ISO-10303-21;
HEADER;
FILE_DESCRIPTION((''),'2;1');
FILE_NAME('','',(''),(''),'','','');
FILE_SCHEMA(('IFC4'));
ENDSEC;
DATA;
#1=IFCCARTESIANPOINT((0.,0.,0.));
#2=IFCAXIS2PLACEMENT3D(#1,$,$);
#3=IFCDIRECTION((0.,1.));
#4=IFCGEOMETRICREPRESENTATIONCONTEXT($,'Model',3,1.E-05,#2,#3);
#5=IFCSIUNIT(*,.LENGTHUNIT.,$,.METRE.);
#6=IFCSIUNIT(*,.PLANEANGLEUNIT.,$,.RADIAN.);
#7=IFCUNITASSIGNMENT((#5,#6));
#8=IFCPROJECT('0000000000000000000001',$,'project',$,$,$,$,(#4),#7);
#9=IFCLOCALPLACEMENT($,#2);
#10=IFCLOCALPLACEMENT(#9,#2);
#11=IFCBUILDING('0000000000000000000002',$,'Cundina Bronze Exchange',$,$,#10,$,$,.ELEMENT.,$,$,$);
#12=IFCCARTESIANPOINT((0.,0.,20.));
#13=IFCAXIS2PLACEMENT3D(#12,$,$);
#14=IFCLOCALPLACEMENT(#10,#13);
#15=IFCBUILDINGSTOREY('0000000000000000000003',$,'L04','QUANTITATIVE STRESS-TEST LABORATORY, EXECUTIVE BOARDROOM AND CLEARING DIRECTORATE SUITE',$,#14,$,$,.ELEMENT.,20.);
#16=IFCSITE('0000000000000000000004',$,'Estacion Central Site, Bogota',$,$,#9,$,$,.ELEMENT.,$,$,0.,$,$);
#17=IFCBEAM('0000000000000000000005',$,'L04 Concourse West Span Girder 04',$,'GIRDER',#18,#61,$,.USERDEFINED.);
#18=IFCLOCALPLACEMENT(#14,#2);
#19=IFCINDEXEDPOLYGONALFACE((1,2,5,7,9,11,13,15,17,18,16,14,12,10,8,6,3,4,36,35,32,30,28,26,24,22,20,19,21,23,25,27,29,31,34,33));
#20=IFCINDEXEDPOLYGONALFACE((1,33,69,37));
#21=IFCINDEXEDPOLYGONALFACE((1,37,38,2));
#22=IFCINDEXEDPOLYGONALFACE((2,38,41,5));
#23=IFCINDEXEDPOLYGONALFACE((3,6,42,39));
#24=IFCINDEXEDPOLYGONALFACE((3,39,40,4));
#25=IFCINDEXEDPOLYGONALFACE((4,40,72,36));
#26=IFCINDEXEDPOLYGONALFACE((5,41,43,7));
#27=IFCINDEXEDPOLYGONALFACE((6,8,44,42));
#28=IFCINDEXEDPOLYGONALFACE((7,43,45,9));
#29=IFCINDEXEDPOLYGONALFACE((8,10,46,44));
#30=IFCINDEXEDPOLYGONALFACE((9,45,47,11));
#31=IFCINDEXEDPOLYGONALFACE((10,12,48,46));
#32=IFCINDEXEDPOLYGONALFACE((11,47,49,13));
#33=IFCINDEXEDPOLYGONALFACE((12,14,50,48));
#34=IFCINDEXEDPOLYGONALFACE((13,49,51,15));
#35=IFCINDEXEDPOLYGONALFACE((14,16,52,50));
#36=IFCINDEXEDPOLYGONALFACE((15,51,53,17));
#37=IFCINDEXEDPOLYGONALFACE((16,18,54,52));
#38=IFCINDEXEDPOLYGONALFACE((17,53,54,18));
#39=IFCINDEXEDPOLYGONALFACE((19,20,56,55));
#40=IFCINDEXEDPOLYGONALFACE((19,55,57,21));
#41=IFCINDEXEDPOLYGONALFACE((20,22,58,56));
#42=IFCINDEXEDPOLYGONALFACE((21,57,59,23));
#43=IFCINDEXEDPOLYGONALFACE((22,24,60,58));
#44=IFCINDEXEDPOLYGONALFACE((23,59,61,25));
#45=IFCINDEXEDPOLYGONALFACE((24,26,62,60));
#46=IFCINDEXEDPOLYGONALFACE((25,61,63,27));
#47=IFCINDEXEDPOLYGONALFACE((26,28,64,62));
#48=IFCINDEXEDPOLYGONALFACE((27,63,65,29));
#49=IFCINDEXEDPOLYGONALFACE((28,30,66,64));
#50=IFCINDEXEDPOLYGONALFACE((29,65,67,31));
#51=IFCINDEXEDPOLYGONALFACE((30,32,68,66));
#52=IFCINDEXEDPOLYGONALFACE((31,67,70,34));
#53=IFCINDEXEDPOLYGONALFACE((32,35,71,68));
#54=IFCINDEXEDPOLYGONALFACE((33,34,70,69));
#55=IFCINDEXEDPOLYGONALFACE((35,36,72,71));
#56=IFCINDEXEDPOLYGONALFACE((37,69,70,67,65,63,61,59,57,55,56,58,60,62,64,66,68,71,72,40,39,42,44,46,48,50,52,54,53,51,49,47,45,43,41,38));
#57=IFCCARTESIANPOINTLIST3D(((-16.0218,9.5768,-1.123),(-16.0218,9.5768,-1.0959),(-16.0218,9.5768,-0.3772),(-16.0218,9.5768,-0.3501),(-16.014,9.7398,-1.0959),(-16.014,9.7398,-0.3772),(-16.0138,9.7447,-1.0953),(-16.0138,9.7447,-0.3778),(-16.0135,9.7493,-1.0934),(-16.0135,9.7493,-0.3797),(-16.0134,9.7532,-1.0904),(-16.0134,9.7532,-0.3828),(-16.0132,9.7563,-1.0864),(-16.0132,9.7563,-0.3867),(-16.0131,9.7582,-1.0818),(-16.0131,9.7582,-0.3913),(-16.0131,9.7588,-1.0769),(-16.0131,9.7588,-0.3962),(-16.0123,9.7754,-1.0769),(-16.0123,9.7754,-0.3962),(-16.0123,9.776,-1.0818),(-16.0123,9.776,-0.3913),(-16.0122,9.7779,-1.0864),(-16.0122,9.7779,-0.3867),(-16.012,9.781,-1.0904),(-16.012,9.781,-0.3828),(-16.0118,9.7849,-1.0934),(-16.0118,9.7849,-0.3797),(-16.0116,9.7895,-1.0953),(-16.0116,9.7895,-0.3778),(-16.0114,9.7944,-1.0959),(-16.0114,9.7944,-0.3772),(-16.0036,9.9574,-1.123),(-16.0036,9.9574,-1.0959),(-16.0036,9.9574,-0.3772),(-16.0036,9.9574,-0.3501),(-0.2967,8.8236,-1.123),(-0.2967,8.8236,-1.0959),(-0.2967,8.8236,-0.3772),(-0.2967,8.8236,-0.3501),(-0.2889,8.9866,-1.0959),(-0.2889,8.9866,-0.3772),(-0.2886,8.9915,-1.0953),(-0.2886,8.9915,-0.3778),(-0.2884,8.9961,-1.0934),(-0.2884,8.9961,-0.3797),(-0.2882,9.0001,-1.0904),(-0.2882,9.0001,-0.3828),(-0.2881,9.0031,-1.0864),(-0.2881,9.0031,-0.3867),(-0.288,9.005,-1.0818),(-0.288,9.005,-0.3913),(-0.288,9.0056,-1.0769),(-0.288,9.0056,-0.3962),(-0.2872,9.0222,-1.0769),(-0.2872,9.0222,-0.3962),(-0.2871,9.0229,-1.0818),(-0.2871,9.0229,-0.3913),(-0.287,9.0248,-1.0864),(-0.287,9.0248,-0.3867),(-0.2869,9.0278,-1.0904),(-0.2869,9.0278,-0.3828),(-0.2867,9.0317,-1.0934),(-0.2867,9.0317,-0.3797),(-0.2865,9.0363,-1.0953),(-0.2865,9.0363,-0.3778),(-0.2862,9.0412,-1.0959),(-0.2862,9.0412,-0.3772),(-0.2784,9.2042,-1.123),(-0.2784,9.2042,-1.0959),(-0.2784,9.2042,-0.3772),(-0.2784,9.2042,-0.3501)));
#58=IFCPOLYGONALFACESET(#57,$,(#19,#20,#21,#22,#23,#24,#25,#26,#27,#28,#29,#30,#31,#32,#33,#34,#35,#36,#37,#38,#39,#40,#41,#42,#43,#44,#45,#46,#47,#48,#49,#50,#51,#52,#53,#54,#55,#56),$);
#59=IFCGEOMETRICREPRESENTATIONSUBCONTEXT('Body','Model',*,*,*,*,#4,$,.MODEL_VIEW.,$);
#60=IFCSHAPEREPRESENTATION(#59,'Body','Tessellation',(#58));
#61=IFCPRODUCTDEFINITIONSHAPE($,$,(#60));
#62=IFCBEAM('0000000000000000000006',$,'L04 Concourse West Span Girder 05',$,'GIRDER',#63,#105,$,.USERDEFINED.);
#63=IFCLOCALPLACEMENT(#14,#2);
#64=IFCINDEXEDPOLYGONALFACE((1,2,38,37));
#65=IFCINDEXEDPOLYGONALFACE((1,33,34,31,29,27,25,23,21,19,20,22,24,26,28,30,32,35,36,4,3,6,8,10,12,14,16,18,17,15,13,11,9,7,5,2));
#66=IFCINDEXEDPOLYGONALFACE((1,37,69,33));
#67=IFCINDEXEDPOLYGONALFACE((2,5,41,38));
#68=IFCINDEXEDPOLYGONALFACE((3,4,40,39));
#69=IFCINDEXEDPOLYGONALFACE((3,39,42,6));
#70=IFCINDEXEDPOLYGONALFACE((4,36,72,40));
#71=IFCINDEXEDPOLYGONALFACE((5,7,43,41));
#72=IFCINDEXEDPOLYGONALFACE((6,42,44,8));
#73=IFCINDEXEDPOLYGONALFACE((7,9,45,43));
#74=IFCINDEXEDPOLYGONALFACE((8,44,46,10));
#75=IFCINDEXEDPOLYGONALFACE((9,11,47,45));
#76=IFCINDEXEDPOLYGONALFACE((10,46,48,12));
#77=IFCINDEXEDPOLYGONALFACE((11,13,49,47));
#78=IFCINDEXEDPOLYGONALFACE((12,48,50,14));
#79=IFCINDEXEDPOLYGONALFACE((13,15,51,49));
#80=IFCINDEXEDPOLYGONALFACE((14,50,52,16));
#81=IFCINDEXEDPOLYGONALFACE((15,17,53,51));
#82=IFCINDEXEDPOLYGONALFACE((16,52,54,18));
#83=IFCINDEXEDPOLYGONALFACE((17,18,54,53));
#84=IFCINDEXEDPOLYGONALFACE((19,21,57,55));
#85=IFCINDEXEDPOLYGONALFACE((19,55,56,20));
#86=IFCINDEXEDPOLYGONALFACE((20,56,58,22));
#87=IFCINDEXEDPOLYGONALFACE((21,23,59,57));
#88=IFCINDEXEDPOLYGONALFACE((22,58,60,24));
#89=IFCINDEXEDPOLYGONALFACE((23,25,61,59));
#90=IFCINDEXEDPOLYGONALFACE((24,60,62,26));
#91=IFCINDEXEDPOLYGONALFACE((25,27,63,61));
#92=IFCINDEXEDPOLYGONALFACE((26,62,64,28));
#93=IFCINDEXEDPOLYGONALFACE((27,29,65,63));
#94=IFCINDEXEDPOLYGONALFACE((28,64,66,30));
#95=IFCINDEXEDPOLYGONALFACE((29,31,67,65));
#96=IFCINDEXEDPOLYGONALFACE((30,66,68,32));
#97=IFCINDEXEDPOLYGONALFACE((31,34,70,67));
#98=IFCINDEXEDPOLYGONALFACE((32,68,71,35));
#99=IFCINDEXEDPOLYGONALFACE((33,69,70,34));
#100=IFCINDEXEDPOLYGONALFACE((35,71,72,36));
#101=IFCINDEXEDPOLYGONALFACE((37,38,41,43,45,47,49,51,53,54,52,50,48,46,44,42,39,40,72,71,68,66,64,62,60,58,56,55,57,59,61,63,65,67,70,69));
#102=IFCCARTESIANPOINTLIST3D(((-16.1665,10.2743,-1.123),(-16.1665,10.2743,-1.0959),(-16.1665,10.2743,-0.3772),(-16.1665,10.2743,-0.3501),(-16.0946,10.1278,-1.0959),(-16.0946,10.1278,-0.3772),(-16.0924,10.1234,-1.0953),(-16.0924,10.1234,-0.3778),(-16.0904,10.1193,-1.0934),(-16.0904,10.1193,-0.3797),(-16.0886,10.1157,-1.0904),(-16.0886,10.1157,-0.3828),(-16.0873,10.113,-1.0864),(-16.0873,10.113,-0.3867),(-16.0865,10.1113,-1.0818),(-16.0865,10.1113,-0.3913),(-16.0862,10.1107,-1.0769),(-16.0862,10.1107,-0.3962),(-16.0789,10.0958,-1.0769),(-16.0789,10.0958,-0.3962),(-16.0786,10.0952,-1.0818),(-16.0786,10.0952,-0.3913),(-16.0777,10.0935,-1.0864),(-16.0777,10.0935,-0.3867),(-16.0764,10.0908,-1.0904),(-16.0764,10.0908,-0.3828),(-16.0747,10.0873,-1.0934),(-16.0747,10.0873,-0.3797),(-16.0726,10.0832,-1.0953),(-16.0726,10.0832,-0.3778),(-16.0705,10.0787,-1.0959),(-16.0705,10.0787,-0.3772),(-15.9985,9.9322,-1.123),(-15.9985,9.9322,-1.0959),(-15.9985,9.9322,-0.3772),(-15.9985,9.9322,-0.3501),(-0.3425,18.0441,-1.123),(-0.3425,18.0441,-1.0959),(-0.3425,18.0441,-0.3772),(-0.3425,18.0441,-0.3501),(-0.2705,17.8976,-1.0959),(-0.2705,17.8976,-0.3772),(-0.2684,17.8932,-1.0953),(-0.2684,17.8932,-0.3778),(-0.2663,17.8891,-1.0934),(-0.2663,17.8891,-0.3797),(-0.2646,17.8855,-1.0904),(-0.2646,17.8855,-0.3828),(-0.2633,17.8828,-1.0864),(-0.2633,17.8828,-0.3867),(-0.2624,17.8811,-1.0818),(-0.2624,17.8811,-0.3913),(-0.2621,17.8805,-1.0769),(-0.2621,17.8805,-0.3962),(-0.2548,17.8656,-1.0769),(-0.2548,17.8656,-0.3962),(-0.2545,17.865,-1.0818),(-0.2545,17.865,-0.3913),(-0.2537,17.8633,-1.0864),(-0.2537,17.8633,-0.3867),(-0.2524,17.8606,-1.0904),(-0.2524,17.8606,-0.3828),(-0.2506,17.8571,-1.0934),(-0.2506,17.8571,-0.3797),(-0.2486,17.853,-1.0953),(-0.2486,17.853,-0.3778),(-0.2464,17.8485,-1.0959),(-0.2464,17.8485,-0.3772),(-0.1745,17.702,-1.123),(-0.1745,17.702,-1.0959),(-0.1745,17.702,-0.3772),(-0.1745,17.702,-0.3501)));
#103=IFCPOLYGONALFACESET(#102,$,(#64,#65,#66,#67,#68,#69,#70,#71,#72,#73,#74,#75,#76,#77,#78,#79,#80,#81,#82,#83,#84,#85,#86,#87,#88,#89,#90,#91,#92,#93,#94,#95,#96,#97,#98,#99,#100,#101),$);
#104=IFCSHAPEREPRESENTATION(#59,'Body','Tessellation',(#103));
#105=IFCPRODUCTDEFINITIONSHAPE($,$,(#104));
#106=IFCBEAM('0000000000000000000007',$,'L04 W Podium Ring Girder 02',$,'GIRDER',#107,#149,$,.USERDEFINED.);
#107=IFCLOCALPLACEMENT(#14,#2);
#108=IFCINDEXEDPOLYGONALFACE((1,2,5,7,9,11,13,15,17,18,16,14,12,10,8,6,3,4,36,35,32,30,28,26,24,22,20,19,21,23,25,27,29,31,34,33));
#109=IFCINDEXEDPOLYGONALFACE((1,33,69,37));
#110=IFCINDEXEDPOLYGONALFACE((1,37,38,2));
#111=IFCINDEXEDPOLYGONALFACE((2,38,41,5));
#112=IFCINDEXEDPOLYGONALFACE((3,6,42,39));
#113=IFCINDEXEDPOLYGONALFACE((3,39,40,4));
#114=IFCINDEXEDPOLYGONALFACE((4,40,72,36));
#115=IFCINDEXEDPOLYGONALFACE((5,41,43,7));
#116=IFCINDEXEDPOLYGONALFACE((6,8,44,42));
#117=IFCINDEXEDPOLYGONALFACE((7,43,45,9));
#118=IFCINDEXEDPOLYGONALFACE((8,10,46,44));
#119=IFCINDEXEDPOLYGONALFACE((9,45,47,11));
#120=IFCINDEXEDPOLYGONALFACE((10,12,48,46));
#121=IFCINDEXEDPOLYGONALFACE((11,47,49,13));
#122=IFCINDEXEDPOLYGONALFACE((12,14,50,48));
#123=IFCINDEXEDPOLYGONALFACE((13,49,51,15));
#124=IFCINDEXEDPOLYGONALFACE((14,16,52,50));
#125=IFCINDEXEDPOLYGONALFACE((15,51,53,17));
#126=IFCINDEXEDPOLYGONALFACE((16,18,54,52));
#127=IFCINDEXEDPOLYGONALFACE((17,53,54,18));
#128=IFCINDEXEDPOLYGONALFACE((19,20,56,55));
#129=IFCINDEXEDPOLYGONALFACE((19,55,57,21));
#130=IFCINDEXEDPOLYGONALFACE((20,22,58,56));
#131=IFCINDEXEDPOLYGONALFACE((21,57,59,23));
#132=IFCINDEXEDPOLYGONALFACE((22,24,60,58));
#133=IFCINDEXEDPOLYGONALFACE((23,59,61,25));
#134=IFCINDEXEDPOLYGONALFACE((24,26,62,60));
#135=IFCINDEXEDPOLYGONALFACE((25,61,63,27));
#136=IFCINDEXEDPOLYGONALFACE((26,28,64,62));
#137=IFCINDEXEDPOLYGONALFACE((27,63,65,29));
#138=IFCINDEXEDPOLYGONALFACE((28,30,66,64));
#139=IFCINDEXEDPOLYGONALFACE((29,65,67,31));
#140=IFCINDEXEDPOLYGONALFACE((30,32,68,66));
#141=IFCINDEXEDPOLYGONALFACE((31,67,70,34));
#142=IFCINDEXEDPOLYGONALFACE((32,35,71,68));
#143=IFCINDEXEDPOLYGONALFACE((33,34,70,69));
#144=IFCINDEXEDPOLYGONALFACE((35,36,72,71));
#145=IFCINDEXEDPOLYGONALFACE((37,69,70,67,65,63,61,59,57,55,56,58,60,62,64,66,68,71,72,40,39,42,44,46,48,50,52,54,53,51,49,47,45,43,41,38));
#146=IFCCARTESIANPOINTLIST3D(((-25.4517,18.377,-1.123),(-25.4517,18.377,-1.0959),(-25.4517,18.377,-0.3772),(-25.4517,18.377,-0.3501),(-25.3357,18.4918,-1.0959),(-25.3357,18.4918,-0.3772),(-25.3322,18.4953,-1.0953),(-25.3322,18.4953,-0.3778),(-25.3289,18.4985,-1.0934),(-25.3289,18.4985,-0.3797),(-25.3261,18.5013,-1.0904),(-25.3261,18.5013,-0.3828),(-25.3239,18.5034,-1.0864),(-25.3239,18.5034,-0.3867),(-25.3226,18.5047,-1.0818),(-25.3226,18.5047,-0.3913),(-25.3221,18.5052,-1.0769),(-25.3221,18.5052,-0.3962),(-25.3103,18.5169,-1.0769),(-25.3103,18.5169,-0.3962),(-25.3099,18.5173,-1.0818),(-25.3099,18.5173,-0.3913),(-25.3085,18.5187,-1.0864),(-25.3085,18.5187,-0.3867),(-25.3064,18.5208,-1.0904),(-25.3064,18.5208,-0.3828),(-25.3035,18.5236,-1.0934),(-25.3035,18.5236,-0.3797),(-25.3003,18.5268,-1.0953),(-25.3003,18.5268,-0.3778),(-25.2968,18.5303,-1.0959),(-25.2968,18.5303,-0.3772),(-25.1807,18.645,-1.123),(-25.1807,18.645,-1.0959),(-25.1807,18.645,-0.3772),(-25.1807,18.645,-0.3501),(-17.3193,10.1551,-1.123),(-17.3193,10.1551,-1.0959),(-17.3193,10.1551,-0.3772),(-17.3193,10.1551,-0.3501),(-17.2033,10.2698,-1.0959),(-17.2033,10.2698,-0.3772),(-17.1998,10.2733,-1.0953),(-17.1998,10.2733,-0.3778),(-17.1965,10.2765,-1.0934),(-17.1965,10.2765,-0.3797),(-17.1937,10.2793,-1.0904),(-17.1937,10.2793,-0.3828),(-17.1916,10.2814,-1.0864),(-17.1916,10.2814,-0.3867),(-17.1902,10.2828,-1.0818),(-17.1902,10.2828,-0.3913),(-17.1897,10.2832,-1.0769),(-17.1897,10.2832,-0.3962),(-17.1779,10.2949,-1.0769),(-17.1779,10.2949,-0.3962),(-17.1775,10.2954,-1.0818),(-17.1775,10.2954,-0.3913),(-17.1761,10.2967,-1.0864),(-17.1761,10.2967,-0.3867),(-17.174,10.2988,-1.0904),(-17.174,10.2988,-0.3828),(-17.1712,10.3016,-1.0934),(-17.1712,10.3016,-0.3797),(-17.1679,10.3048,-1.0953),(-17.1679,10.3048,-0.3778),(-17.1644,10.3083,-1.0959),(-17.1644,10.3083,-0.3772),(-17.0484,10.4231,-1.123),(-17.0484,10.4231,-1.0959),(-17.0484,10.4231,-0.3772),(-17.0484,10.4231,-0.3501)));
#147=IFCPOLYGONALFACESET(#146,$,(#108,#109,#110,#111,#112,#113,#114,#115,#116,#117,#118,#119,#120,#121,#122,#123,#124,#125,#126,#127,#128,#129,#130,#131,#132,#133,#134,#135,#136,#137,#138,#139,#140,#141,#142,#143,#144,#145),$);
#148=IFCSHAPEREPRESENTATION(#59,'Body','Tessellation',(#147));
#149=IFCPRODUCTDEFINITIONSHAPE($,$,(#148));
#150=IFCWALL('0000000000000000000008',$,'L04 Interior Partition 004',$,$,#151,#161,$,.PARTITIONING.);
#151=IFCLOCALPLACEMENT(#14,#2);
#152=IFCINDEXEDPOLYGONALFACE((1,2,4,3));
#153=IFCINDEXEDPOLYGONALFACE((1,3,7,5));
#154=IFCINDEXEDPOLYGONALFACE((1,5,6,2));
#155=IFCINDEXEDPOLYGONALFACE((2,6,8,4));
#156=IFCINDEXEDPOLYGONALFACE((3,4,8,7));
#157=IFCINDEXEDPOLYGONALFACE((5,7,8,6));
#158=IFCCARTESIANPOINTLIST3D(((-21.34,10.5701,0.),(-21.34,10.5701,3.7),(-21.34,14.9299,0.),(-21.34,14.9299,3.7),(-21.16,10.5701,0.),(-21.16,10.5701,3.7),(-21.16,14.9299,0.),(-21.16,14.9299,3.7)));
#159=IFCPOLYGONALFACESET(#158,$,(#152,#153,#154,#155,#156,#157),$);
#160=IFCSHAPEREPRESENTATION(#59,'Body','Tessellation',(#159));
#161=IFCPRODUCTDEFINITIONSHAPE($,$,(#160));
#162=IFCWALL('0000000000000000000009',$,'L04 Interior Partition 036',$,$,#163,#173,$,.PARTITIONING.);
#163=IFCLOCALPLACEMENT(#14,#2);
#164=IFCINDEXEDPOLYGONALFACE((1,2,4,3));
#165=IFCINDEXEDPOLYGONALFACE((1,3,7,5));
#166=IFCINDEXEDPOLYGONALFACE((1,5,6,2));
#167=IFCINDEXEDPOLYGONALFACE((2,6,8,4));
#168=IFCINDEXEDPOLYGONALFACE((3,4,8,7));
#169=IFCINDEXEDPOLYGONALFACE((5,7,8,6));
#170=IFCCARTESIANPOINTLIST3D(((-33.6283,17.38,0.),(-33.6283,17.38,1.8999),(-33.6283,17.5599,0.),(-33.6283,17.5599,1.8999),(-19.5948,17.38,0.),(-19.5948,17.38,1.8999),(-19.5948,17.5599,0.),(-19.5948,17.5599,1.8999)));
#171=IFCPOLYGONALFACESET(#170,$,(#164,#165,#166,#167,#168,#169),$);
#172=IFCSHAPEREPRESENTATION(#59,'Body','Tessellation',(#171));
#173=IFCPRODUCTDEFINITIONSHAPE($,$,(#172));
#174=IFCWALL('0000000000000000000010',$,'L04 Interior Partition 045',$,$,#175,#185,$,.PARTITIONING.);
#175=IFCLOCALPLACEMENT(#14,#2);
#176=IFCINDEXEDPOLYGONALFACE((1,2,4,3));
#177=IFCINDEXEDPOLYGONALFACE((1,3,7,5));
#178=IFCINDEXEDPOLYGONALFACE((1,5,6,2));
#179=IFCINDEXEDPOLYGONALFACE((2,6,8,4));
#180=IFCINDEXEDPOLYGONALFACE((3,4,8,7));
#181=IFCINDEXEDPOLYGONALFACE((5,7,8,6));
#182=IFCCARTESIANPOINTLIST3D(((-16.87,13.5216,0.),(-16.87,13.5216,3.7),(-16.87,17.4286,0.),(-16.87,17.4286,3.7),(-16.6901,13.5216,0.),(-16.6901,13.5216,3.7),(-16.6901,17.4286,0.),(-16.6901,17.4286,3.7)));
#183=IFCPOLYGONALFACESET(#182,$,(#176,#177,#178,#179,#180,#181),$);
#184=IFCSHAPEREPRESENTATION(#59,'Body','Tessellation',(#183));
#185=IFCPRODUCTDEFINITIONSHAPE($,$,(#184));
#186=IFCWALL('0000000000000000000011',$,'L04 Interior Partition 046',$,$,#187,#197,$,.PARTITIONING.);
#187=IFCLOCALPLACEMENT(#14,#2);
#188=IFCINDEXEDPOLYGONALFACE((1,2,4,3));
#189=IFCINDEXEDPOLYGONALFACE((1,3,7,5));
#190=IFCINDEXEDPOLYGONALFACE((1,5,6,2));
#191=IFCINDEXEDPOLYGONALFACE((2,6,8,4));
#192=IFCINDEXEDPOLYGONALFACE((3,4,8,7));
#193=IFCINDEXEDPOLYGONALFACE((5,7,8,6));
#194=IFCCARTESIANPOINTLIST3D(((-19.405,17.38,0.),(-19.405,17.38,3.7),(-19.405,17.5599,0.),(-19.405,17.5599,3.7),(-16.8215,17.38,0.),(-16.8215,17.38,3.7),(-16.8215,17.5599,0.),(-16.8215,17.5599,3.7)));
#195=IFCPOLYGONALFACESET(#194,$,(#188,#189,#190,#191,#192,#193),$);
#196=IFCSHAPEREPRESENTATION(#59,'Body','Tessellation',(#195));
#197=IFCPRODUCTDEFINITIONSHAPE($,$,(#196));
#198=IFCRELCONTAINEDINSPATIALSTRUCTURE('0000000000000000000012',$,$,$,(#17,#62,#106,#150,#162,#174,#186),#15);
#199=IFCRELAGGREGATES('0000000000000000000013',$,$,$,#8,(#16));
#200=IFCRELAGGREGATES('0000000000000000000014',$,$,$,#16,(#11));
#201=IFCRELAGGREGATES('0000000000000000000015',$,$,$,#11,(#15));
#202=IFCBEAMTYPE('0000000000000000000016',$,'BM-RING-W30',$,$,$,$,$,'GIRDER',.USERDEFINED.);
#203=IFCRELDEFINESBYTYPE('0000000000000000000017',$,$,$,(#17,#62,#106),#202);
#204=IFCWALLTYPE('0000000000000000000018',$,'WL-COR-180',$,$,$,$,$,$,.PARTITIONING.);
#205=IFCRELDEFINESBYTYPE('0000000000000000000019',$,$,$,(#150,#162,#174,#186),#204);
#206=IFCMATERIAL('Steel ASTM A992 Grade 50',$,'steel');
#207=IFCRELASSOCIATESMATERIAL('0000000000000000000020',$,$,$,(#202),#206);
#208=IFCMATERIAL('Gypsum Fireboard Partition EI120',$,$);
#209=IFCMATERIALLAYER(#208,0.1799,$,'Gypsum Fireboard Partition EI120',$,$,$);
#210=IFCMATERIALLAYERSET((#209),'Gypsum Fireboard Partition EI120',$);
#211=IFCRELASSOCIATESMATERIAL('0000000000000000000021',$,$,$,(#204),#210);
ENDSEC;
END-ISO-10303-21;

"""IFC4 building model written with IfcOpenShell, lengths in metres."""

from ifc_helpers import new_model, si_unit, direction, frame, frame_2d, origin, origin_2d, place, context, subcontext, project, spatial, rectangle, i_section, extrude, material, layer, layer_set, material_profile, profile_set, type_object, element, save


model = new_model("IFC4")

# Units and contexts
model_context = context("Model", 3, precision=1e-05, world=origin(), true_north=direction((0.0, 1.0)))
body_context = subcontext(model_context, "Body", "Model", "MODEL_VIEW")
ifc_project = project(units=[si_unit("LENGTHUNIT", "METRE"), si_unit("PLANEANGLEUNIT", "RADIAN")], contexts=[model_context])

# Site, building, storey
site_placement = place(None, origin())
site = spatial("IfcSite", under=ifc_project, at=site_placement, Name="Estacion Central Site, Bogota", CompositionType="ELEMENT", RefElevation=0.0)
building_placement = place(site_placement, origin())
building = spatial("IfcBuilding", under=site, at=building_placement, Name="Cundina Bronze Exchange", CompositionType="ELEMENT")
storey_placement = place(building_placement, frame((0.0, 0.0, 20.0)))
storey = spatial("IfcBuildingStorey", under=building, at=storey_placement, Name="L04", Description="QUANTITATIVE STRESS-TEST LABORATORY, EXECUTIVE BOARDROOM AND CLEARING DIRECTORATE SUITE", CompositionType="ELEMENT", Elevation=20.0)

# Beams
ifc_material_1 = material(Name="Steel ASTM A992 Grade 50", Category="steel")
ifc_material_profile_1 = material_profile(ifc_material_1, i_section(OverallWidth=0.3811, OverallDepth=0.7729, WebThickness=0.0166, FlangeThickness=0.0271, FilletRadius=0.019, at=origin_2d()), Name="W30X173", Category="steel")
ifc_profile_set_1 = profile_set([ifc_material_profile_1], Name="Steel ASTM A992 Grade 50")
beam_type = type_object("IfcBeamType", Name="BM-RING-W30", ElementType="GIRDER", PredefinedType="USERDEFINED", material=ifc_profile_set_1)
beam_1_placement = place(storey_placement, frame((-16.0127, 9.7671, -0.7366), z_axis=(0.998855, -0.047841, 0.0), x_axis=(0.047841, 0.998855, 0.0)))
element("IfcBeam", 1, at=beam_1_placement, inside=storey, type_object=beam_type, Name="L04 Concourse West Span Girder 04", ObjectType="GIRDER", PredefinedType="USERDEFINED", context=body_context, shape_type="SweptSolid", body=[
    extrude(i_section(OverallWidth=0.3811, OverallDepth=0.7729, WebThickness=0.0166, FlangeThickness=0.0271, FilletRadius=0.019, at=origin_2d()), origin(), (0.0, 0.0, 1.0), 15.7432),
])
beam_2_placement = place(storey_placement, frame((-16.0825, 10.1033, -0.7366), z_axis=(0.897631, 0.440748, 0.0), x_axis=(-0.440748, 0.897631, 0.0)))
element("IfcBeam", 2, at=beam_2_placement, inside=storey, type_object=beam_type, Name="L04 Concourse West Span Girder 05", ObjectType="GIRDER", PredefinedType="USERDEFINED", context=body_context, shape_type="SweptSolid", body=[
    extrude(i_section(OverallWidth=0.3811, OverallDepth=0.7729, WebThickness=0.0166, FlangeThickness=0.0271, FilletRadius=0.019, at=origin_2d()), origin(), (0.0, 0.0, 1.0), 17.6287),
])
beam_3_placement = place(storey_placement, frame((-17.1838, 10.2891, -0.7366), z_axis=(-0.703222, 0.71097, 0.0), x_axis=(-0.71097, -0.703222, 0.0)))
element("IfcBeam", 3, at=beam_3_placement, inside=storey, type_object=beam_type, Name="L04 W Podium Ring Girder 02", ObjectType="GIRDER", PredefinedType="USERDEFINED", context=body_context, shape_type="SweptSolid", body=[
    extrude(i_section(OverallWidth=0.3811, OverallDepth=0.7729, WebThickness=0.0166, FlangeThickness=0.0271, FilletRadius=0.019, at=origin_2d()), origin(), (0.0, 0.0, 1.0), 11.5645),
])

# Walls
ifc_material_2 = material(Name="Gypsum Fireboard Partition EI120")
ifc_layer_1 = layer(ifc_material_2, 0.1799, Name="Gypsum Fireboard Partition EI120")
ifc_layer_set_1 = layer_set([ifc_layer_1], Name="Gypsum Fireboard Partition EI120")
wall_type_1 = type_object("IfcWallType", Name="WL-COR-180", PredefinedType="PARTITIONING", material=ifc_layer_set_1)
wall_1_placement = place(storey_placement, frame((-21.25, 10.5701, 0.0), z_axis=(0.0, 0.0, 1.0), x_axis=(0.0, 1.0, 0.0)))
element("IfcWall", 4, at=wall_1_placement, inside=storey, type_object=wall_type_1, Name="L04 Interior Partition 004", PredefinedType="PARTITIONING", context=body_context, shape_type="SweptSolid", body=[
    extrude(rectangle(XDim=4.3599, YDim=0.1799, at=frame_2d((2.1799, 0.0))), origin(), (0.0, 0.0, 1.0), 3.7),
])
wall_2_placement = place(storey_placement, frame((-19.595, 17.47, 0.0), z_axis=(0.0, 0.0, 1.0), x_axis=(-1.0, 0.0, 0.0)))
element("IfcWall", 5, at=wall_2_placement, inside=storey, type_object=wall_type_1, Name="L04 Interior Partition 036", PredefinedType="PARTITIONING", context=body_context, shape_type="SweptSolid", body=[
    extrude(rectangle(XDim=14.0334, YDim=0.1799, at=frame_2d((7.0166, 0.0))), origin(), (0.0, 0.0, 1.0), 1.8999),
])
wall_3_placement = place(storey_placement, frame((-16.78, 13.5215, 0.0), z_axis=(0.0, 0.0, 1.0), x_axis=(0.0, 1.0, 0.0)))
element("IfcWall", 6, at=wall_3_placement, inside=storey, type_object=wall_type_1, Name="L04 Interior Partition 045", PredefinedType="PARTITIONING", context=body_context, shape_type="SweptSolid", body=[
    extrude(rectangle(XDim=3.907, YDim=0.1799, at=frame_2d((1.9536, 0.0))), origin(), (0.0, 0.0, 1.0), 3.7),
])
wall_4_placement = place(storey_placement, frame((-16.8215, 17.47, 0.0), z_axis=(0.0, 0.0, 1.0), x_axis=(-1.0, 0.0, 0.0)))
element("IfcWall", 7, at=wall_4_placement, inside=storey, type_object=wall_type_1, Name="L04 Interior Partition 046", PredefinedType="PARTITIONING", context=body_context, shape_type="SweptSolid", body=[
    extrude(rectangle(XDim=2.5835, YDim=0.1799, at=frame_2d((1.2917, 0.0))), origin(), (0.0, 0.0, 1.0), 3.7),
])

save(model, "model.ifc")
